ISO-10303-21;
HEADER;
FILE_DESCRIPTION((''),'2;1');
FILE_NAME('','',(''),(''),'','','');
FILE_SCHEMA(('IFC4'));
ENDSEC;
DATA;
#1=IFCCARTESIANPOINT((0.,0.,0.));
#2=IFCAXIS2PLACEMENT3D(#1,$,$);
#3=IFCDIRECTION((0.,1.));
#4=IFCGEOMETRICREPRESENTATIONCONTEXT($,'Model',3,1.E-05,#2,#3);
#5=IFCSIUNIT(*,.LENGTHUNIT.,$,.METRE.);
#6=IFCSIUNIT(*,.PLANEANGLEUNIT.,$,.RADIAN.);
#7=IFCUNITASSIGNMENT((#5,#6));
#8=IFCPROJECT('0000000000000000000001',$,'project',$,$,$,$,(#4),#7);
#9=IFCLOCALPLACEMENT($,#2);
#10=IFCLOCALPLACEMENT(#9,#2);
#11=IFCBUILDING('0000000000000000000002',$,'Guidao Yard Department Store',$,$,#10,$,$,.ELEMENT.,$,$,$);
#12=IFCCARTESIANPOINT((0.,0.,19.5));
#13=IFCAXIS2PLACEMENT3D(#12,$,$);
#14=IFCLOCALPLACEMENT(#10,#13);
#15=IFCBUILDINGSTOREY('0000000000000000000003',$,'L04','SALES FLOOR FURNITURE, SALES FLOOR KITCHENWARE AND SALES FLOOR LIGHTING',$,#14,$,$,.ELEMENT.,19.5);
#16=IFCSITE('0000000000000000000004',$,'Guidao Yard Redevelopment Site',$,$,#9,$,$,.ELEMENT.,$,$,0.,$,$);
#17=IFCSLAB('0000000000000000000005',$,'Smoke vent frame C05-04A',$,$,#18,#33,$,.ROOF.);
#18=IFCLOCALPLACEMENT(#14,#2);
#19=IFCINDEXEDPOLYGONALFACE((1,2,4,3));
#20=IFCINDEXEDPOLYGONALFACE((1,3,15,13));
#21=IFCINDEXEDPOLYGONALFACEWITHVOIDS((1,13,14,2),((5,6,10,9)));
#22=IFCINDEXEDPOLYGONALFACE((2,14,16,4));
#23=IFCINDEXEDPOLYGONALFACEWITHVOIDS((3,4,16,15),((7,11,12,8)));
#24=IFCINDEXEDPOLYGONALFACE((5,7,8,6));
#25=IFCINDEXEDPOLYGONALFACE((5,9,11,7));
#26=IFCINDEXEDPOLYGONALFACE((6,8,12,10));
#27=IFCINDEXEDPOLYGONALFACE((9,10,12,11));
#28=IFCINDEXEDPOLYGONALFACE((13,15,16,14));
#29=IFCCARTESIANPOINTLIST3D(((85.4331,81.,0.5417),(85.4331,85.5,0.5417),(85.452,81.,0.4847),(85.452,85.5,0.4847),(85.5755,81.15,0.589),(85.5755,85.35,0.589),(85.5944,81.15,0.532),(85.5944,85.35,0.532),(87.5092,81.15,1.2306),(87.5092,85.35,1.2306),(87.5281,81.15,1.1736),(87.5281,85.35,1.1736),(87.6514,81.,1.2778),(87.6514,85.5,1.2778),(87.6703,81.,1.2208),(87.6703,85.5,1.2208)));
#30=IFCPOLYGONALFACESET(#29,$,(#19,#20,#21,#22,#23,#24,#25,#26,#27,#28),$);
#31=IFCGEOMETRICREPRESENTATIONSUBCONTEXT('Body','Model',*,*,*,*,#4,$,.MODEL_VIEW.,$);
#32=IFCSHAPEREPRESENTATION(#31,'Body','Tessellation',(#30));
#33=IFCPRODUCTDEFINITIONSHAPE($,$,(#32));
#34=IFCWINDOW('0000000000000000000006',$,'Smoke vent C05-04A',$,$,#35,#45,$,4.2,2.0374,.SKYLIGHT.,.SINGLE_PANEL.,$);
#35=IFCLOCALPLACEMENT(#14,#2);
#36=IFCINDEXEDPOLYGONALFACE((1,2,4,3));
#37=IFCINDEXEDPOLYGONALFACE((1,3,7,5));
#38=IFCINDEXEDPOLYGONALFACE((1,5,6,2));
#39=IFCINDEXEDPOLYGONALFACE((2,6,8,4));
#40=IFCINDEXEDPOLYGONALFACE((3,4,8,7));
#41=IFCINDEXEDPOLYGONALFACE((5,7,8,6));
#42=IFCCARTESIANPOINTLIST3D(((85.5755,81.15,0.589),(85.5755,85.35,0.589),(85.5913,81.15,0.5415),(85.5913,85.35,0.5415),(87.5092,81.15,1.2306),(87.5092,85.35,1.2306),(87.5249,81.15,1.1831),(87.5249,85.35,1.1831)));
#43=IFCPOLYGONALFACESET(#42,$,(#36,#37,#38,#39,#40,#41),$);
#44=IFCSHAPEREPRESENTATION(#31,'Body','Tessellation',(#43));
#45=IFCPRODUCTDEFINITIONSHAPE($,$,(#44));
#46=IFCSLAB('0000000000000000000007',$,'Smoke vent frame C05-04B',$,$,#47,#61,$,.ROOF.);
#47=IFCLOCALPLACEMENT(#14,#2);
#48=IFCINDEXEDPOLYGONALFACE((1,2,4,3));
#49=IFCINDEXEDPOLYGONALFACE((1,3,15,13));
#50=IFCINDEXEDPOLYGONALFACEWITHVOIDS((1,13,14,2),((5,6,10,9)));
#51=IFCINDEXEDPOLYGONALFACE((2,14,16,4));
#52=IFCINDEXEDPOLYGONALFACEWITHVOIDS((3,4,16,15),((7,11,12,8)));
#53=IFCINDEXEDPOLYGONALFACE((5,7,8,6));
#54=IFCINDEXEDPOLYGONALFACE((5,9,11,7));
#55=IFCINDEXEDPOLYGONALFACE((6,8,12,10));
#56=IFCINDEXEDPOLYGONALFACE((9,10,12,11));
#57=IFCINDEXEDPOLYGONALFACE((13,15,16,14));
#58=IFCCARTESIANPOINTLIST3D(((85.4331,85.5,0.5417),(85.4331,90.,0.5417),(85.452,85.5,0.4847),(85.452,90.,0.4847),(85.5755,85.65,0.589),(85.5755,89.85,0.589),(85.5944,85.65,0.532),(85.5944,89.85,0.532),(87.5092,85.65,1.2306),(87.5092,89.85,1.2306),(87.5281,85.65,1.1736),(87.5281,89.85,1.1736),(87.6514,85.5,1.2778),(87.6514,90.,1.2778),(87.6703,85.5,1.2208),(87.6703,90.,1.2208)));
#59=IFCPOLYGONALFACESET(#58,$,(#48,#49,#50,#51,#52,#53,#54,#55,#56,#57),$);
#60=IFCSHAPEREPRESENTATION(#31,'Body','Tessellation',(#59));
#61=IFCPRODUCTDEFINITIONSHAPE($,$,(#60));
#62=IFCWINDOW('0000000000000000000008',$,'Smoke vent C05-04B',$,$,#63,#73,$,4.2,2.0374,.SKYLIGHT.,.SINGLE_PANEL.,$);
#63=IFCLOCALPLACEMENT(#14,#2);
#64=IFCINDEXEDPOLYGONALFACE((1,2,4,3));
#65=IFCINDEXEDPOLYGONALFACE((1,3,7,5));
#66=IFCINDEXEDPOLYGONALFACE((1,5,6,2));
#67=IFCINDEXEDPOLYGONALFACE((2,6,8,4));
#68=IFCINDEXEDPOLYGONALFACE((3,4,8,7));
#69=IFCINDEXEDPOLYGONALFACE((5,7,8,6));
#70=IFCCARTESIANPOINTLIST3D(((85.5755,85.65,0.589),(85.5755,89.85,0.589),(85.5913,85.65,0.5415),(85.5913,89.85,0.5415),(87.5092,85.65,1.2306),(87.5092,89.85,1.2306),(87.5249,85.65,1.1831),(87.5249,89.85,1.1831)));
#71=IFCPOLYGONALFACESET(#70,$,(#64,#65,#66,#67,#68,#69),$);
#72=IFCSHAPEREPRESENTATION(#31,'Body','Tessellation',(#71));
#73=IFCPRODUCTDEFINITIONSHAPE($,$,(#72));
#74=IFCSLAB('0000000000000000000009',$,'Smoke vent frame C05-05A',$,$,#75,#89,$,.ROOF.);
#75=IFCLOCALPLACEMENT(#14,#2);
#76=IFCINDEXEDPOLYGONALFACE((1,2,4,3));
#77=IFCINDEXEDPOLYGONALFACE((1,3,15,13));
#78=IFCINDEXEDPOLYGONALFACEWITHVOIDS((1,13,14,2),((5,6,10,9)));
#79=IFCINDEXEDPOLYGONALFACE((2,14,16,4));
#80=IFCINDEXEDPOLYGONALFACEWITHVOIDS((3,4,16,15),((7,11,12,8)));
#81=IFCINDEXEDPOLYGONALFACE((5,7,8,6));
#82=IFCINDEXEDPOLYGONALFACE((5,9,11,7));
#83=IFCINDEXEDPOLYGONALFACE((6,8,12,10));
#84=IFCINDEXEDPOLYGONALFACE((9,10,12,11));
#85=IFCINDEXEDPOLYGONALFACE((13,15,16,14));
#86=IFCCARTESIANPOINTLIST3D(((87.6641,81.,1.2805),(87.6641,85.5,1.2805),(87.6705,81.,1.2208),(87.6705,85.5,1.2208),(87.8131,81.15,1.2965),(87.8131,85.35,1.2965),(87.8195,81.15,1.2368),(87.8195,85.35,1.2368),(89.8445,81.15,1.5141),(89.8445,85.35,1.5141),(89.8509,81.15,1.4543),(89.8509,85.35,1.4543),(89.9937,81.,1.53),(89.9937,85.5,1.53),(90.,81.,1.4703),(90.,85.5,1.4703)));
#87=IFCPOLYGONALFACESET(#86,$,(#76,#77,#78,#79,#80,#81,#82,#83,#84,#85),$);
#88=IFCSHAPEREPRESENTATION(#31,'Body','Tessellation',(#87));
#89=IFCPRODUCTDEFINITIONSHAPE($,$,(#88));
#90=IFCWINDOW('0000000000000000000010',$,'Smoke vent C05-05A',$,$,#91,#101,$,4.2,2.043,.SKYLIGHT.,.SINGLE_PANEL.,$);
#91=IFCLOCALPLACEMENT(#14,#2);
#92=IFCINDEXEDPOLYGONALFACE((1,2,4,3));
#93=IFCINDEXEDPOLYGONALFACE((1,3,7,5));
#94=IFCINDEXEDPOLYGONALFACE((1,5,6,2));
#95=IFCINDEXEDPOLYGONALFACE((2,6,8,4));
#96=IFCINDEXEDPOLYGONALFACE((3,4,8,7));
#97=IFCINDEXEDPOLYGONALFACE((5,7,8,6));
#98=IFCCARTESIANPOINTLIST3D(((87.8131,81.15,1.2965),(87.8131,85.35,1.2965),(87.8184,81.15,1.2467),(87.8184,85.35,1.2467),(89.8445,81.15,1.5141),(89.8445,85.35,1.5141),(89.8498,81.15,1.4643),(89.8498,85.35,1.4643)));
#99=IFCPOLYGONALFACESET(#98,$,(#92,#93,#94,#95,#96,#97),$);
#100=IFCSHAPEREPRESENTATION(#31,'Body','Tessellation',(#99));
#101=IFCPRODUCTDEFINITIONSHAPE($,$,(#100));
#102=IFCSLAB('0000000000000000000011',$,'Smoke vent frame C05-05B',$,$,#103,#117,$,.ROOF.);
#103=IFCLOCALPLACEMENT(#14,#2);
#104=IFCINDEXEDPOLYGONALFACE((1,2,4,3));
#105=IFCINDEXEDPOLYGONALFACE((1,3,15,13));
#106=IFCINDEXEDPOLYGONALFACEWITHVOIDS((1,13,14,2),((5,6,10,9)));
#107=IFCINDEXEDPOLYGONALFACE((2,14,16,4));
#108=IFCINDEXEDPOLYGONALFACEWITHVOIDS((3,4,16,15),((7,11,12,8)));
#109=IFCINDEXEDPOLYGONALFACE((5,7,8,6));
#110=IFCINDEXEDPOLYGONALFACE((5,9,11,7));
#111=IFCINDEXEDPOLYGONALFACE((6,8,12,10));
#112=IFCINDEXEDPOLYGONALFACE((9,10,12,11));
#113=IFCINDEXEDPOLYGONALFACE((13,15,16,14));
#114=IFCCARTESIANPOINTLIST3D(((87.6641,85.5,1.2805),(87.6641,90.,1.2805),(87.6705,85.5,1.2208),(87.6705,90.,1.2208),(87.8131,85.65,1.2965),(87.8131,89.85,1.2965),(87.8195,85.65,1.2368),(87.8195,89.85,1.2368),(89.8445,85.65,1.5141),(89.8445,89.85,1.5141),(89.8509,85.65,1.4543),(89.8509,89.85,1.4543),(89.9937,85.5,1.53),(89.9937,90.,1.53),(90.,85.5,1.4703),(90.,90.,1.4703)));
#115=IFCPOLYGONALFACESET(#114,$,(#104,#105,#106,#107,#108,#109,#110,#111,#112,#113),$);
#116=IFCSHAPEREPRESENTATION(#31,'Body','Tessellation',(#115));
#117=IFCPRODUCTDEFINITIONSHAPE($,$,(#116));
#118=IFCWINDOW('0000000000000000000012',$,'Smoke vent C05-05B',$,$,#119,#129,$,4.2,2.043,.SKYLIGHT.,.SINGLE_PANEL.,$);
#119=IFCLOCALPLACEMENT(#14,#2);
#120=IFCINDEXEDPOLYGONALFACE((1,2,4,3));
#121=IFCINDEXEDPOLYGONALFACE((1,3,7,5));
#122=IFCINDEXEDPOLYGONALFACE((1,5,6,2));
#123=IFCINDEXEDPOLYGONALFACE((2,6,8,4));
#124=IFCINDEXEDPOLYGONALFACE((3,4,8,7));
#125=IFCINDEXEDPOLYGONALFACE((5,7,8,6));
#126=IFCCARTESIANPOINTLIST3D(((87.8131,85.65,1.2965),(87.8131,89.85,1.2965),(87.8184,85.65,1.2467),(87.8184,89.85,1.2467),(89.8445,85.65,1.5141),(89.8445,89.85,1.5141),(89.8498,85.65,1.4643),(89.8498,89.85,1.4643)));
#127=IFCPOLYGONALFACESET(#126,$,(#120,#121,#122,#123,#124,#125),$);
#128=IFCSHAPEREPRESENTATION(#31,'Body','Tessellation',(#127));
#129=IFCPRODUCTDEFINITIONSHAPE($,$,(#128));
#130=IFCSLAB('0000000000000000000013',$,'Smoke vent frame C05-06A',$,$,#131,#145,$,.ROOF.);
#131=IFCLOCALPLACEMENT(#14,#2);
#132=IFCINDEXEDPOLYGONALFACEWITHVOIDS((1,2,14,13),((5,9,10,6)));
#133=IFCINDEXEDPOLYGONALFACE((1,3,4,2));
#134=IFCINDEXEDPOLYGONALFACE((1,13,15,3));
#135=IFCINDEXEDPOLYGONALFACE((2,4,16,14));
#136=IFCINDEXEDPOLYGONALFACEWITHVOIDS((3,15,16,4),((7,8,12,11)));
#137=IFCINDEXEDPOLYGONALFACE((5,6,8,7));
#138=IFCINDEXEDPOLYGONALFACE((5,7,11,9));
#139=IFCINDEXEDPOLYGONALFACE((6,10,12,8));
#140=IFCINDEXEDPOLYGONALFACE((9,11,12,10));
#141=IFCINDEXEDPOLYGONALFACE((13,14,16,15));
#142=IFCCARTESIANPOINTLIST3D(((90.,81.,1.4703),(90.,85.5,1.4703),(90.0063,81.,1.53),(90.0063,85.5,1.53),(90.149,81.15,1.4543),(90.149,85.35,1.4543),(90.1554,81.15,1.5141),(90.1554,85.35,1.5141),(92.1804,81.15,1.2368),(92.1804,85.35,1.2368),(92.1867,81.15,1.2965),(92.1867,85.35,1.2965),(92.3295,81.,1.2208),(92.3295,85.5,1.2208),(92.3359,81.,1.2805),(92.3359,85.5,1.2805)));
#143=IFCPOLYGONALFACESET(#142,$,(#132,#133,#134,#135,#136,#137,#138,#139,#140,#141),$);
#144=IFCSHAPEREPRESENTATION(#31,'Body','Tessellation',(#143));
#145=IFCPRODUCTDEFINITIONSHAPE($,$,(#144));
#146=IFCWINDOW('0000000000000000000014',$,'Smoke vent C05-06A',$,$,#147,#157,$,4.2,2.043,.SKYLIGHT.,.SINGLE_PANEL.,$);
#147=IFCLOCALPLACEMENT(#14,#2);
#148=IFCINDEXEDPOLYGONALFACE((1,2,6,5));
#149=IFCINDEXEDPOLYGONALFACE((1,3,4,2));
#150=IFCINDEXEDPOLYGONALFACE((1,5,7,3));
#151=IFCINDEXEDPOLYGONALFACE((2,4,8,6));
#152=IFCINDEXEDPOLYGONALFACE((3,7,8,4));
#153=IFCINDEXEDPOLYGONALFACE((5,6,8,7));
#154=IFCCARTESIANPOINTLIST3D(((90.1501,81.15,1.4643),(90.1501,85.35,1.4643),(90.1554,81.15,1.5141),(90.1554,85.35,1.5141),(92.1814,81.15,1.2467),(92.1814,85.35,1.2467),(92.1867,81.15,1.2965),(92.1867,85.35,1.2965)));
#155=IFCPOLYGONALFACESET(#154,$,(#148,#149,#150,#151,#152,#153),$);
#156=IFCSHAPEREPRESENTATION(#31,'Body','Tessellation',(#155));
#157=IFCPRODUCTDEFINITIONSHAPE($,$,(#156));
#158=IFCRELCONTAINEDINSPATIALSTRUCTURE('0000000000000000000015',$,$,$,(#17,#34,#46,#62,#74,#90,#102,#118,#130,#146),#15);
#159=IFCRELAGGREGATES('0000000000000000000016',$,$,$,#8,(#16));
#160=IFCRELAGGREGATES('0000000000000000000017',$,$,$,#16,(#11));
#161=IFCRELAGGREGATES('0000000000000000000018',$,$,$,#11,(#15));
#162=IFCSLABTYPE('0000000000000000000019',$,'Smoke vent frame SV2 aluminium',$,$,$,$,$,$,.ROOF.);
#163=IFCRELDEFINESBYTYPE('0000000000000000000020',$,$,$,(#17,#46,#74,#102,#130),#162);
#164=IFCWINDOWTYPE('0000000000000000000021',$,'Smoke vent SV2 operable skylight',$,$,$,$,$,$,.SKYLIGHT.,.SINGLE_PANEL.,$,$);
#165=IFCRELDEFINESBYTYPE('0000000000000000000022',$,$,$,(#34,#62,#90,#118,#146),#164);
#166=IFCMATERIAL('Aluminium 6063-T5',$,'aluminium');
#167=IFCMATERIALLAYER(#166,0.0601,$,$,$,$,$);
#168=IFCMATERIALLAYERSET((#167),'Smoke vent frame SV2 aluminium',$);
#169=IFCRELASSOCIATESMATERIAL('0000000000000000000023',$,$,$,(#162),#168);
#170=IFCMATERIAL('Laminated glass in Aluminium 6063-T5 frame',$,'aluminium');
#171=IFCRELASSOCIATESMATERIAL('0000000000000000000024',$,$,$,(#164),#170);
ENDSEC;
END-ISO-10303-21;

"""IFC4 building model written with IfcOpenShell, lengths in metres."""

from ifc_helpers import new_model, si_unit, direction, frame, origin, origin_2d, place, context, subcontext, project, spatial, polyline, rectangle, outline, extrude, material, layer, layer_set, type_object, element, fill, save


model = new_model("IFC4")

# Units and contexts
model_context = context("Model", 3, precision=1e-05, world=origin(), true_north=direction((0.0, 1.0)))
body_context = subcontext(model_context, "Body", "Model", "MODEL_VIEW")
ifc_project = project(units=[si_unit("LENGTHUNIT", "METRE"), si_unit("PLANEANGLEUNIT", "RADIAN")], contexts=[model_context])

# Site, building, storey
site_placement = place(None, origin())
site = spatial("IfcSite", under=ifc_project, at=site_placement, Name="Guidao Yard Redevelopment Site", CompositionType="ELEMENT", RefElevation=0.0)
building_placement = place(site_placement, origin())
building = spatial("IfcBuilding", under=site, at=building_placement, Name="Guidao Yard Department Store", CompositionType="ELEMENT")
storey_placement = place(building_placement, frame((0.0, 0.0, 19.5)))
storey = spatial("IfcBuildingStorey", under=building, at=storey_placement, Name="L04", Description="SALES FLOOR FURNITURE, SALES FLOOR KITCHENWARE AND SALES FLOOR LIGHTING", CompositionType="ELEMENT", Elevation=19.5)

# Slabs, openings, windows
ifc_material_1 = material(Name="Aluminium 6063-T5", Category="aluminium")
ifc_layer = layer(ifc_material_1, 0.0601)
ifc_layer_set = layer_set([ifc_layer], Name="Smoke vent frame SV2 aluminium")
slab_type = type_object("IfcSlabType", Name="Smoke vent frame SV2 aluminium", PredefinedType="ROOF", material=ifc_layer_set)
ifc_material_2 = material(Name="Laminated glass in Aluminium 6063-T5 frame", Category="aluminium")
window_type = type_object("IfcWindowType", Name="Smoke vent SV2 operable skylight", PartitioningType="SINGLE_PANEL", PredefinedType="SKYLIGHT", material=ifc_material_2)
slab_1_placement = place(storey_placement, frame((85.4331, 81.0, 0.5417), z_axis=(-0.314943, 0.0, 0.949111), x_axis=(0.949111, 0.0, 0.314943)))
slab_1 = element("IfcSlab", 1, at=slab_1_placement, inside=storey, type_object=slab_type, Name="Smoke vent frame C05-04A", PredefinedType="ROOF", context=body_context, shape_type="SweptSolid", body=[
    extrude(outline(polyline([(0.0, 0.0), (2.3372, 0.0), (2.3372, 4.5), (0.0, 4.5), (0.0, 0.0)])), origin(), (0.0, 0.0, -1.0), 0.0601),
])
opening_1_placement = place(slab_1_placement, frame((1.1687, 2.25, 0.0)))
opening_1 = element("IfcOpeningElement", 2, at=opening_1_placement, cuts=slab_1, PredefinedType="OPENING", context=body_context, shape_type="SweptSolid", body=[
    extrude(rectangle(XDim=2.0374, YDim=4.2, at=origin_2d()), frame((0.0, 0.0, 0.01)), (0.0, 0.0, -1.0), 0.0801),
])
window_1_placement = place(opening_1_placement, frame((0.0, 0.0, -0.05)))
window_1 = element("IfcWindow", 3, at=window_1_placement, inside=storey, type_object=window_type, Name="Smoke vent C05-04A", OverallHeight=4.2, OverallWidth=2.0374, PartitioningType="SINGLE_PANEL", PredefinedType="SKYLIGHT", context=body_context, shape_type="SweptSolid", body=[
    extrude(rectangle(XDim=2.0374, YDim=4.2, at=origin_2d()), origin(), (0.0, 0.0, 1.0), 0.05),
])
fill(opening_1, window_1)
slab_2_placement = place(storey_placement, frame((85.4331, 85.5, 0.5417), z_axis=(-0.314943, 0.0, 0.949111), x_axis=(0.949111, 0.0, 0.314943)))
slab_2 = element("IfcSlab", 4, at=slab_2_placement, inside=storey, type_object=slab_type, Name="Smoke vent frame C05-04B", PredefinedType="ROOF", context=body_context, shape_type="SweptSolid", body=[
    extrude(outline(polyline([(0.0, 0.0), (2.3372, 0.0), (2.3372, 4.5), (0.0, 4.5), (0.0, 0.0)])), origin(), (0.0, 0.0, -1.0), 0.0601),
])
opening_2_placement = place(slab_2_placement, frame((1.1687, 2.25, 0.0)))
opening_2 = element("IfcOpeningElement", 5, at=opening_2_placement, cuts=slab_2, PredefinedType="OPENING", context=body_context, shape_type="SweptSolid", body=[
    extrude(rectangle(XDim=2.0374, YDim=4.2, at=origin_2d()), frame((0.0, 0.0, 0.01)), (0.0, 0.0, -1.0), 0.0801),
])
window_2_placement = place(opening_2_placement, frame((0.0, 0.0, -0.05)))
window_2 = element("IfcWindow", 6, at=window_2_placement, inside=storey, type_object=window_type, Name="Smoke vent C05-04B", OverallHeight=4.2, OverallWidth=2.0374, PartitioningType="SINGLE_PANEL", PredefinedType="SKYLIGHT", context=body_context, shape_type="SweptSolid", body=[
    extrude(rectangle(XDim=2.0374, YDim=4.2, at=origin_2d()), origin(), (0.0, 0.0, 1.0), 0.05),
])
fill(opening_2, window_2)
slab_3_placement = place(storey_placement, frame((87.6641, 81.0, 1.2805), z_axis=(-0.106496, 0.0, 0.994313), x_axis=(0.994313, 0.0, 0.106496)))
slab_3 = element("IfcSlab", 7, at=slab_3_placement, inside=storey, type_object=slab_type, Name="Smoke vent frame C05-05A", PredefinedType="ROOF", context=body_context, shape_type="SweptSolid", body=[
    extrude(outline(polyline([(0.0, 0.0), (2.3429, 0.0), (2.3429, 4.5), (0.0, 4.5), (0.0, 0.0)])), origin(), (0.0, 0.0, -1.0), 0.0601),
])
opening_3_placement = place(slab_3_placement, frame((1.1714, 2.25, 0.0)))
opening_3 = element("IfcOpeningElement", 8, at=opening_3_placement, cuts=slab_3, PredefinedType="OPENING", context=body_context, shape_type="SweptSolid", body=[
    extrude(rectangle(XDim=2.043, YDim=4.2, at=origin_2d()), frame((0.0, 0.0, 0.01)), (0.0, 0.0, -1.0), 0.0801),
])
window_3_placement = place(opening_3_placement, frame((0.0, 0.0, -0.05)))
window_3 = element("IfcWindow", 9, at=window_3_placement, inside=storey, type_object=window_type, Name="Smoke vent C05-05A", OverallHeight=4.2, OverallWidth=2.043, PartitioningType="SINGLE_PANEL", PredefinedType="SKYLIGHT", context=body_context, shape_type="SweptSolid", body=[
    extrude(rectangle(XDim=2.043, YDim=4.2, at=origin_2d()), origin(), (0.0, 0.0, 1.0), 0.05),
])
fill(opening_3, window_3)
slab_4_placement = place(storey_placement, frame((87.6641, 85.5, 1.2805), z_axis=(-0.106496, 0.0, 0.994313), x_axis=(0.994313, 0.0, 0.106496)))
slab_4 = element("IfcSlab", 10, at=slab_4_placement, inside=storey, type_object=slab_type, Name="Smoke vent frame C05-05B", PredefinedType="ROOF", context=body_context, shape_type="SweptSolid", body=[
    extrude(outline(polyline([(0.0, 0.0), (2.3429, 0.0), (2.3429, 4.5), (0.0, 4.5), (0.0, 0.0)])), origin(), (0.0, 0.0, -1.0), 0.0601),
])
opening_4_placement = place(slab_4_placement, frame((1.1714, 2.25, 0.0)))
opening_4 = element("IfcOpeningElement", 11, at=opening_4_placement, cuts=slab_4, PredefinedType="OPENING", context=body_context, shape_type="SweptSolid", body=[
    extrude(rectangle(XDim=2.043, YDim=4.2, at=origin_2d()), frame((0.0, 0.0, 0.01)), (0.0, 0.0, -1.0), 0.0801),
])
window_4_placement = place(opening_4_placement, frame((0.0, 0.0, -0.05)))
window_4 = element("IfcWindow", 12, at=window_4_placement, inside=storey, type_object=window_type, Name="Smoke vent C05-05B", OverallHeight=4.2, OverallWidth=2.043, PartitioningType="SINGLE_PANEL", PredefinedType="SKYLIGHT", context=body_context, shape_type="SweptSolid", body=[
    extrude(rectangle(XDim=2.043, YDim=4.2, at=origin_2d()), origin(), (0.0, 0.0, 1.0), 0.05),
])
fill(opening_4, window_4)
slab_5_placement = place(storey_placement, frame((90.0063, 81.0, 1.53), z_axis=(0.106496, 0.0, 0.994313), x_axis=(0.994313, 0.0, -0.106496)))
slab_5 = element("IfcSlab", 13, at=slab_5_placement, inside=storey, type_object=slab_type, Name="Smoke vent frame C05-06A", PredefinedType="ROOF", context=body_context, shape_type="SweptSolid", body=[
    extrude(outline(polyline([(0.0, 0.0), (2.3429, 0.0), (2.3429, 4.5), (0.0, 4.5), (0.0, 0.0)])), origin(), (0.0, 0.0, -1.0), 0.0601),
])
opening_5_placement = place(slab_5_placement, frame((1.1714, 2.25, 0.0)))
opening_5 = element("IfcOpeningElement", 14, at=opening_5_placement, cuts=slab_5, PredefinedType="OPENING", context=body_context, shape_type="SweptSolid", body=[
    extrude(rectangle(XDim=2.043, YDim=4.2, at=origin_2d()), frame((0.0, 0.0, 0.01)), (0.0, 0.0, -1.0), 0.0801),
])
window_5_placement = place(opening_5_placement, frame((0.0, 0.0, -0.05)))
window_5 = element("IfcWindow", 15, at=window_5_placement, inside=storey, type_object=window_type, Name="Smoke vent C05-06A", OverallHeight=4.2, OverallWidth=2.043, PartitioningType="SINGLE_PANEL", PredefinedType="SKYLIGHT", context=body_context, shape_type="SweptSolid", body=[
    extrude(rectangle(XDim=2.043, YDim=4.2, at=origin_2d()), origin(), (0.0, 0.0, 1.0), 0.05),
])
fill(opening_5, window_5)

save(model, "model.ifc")
